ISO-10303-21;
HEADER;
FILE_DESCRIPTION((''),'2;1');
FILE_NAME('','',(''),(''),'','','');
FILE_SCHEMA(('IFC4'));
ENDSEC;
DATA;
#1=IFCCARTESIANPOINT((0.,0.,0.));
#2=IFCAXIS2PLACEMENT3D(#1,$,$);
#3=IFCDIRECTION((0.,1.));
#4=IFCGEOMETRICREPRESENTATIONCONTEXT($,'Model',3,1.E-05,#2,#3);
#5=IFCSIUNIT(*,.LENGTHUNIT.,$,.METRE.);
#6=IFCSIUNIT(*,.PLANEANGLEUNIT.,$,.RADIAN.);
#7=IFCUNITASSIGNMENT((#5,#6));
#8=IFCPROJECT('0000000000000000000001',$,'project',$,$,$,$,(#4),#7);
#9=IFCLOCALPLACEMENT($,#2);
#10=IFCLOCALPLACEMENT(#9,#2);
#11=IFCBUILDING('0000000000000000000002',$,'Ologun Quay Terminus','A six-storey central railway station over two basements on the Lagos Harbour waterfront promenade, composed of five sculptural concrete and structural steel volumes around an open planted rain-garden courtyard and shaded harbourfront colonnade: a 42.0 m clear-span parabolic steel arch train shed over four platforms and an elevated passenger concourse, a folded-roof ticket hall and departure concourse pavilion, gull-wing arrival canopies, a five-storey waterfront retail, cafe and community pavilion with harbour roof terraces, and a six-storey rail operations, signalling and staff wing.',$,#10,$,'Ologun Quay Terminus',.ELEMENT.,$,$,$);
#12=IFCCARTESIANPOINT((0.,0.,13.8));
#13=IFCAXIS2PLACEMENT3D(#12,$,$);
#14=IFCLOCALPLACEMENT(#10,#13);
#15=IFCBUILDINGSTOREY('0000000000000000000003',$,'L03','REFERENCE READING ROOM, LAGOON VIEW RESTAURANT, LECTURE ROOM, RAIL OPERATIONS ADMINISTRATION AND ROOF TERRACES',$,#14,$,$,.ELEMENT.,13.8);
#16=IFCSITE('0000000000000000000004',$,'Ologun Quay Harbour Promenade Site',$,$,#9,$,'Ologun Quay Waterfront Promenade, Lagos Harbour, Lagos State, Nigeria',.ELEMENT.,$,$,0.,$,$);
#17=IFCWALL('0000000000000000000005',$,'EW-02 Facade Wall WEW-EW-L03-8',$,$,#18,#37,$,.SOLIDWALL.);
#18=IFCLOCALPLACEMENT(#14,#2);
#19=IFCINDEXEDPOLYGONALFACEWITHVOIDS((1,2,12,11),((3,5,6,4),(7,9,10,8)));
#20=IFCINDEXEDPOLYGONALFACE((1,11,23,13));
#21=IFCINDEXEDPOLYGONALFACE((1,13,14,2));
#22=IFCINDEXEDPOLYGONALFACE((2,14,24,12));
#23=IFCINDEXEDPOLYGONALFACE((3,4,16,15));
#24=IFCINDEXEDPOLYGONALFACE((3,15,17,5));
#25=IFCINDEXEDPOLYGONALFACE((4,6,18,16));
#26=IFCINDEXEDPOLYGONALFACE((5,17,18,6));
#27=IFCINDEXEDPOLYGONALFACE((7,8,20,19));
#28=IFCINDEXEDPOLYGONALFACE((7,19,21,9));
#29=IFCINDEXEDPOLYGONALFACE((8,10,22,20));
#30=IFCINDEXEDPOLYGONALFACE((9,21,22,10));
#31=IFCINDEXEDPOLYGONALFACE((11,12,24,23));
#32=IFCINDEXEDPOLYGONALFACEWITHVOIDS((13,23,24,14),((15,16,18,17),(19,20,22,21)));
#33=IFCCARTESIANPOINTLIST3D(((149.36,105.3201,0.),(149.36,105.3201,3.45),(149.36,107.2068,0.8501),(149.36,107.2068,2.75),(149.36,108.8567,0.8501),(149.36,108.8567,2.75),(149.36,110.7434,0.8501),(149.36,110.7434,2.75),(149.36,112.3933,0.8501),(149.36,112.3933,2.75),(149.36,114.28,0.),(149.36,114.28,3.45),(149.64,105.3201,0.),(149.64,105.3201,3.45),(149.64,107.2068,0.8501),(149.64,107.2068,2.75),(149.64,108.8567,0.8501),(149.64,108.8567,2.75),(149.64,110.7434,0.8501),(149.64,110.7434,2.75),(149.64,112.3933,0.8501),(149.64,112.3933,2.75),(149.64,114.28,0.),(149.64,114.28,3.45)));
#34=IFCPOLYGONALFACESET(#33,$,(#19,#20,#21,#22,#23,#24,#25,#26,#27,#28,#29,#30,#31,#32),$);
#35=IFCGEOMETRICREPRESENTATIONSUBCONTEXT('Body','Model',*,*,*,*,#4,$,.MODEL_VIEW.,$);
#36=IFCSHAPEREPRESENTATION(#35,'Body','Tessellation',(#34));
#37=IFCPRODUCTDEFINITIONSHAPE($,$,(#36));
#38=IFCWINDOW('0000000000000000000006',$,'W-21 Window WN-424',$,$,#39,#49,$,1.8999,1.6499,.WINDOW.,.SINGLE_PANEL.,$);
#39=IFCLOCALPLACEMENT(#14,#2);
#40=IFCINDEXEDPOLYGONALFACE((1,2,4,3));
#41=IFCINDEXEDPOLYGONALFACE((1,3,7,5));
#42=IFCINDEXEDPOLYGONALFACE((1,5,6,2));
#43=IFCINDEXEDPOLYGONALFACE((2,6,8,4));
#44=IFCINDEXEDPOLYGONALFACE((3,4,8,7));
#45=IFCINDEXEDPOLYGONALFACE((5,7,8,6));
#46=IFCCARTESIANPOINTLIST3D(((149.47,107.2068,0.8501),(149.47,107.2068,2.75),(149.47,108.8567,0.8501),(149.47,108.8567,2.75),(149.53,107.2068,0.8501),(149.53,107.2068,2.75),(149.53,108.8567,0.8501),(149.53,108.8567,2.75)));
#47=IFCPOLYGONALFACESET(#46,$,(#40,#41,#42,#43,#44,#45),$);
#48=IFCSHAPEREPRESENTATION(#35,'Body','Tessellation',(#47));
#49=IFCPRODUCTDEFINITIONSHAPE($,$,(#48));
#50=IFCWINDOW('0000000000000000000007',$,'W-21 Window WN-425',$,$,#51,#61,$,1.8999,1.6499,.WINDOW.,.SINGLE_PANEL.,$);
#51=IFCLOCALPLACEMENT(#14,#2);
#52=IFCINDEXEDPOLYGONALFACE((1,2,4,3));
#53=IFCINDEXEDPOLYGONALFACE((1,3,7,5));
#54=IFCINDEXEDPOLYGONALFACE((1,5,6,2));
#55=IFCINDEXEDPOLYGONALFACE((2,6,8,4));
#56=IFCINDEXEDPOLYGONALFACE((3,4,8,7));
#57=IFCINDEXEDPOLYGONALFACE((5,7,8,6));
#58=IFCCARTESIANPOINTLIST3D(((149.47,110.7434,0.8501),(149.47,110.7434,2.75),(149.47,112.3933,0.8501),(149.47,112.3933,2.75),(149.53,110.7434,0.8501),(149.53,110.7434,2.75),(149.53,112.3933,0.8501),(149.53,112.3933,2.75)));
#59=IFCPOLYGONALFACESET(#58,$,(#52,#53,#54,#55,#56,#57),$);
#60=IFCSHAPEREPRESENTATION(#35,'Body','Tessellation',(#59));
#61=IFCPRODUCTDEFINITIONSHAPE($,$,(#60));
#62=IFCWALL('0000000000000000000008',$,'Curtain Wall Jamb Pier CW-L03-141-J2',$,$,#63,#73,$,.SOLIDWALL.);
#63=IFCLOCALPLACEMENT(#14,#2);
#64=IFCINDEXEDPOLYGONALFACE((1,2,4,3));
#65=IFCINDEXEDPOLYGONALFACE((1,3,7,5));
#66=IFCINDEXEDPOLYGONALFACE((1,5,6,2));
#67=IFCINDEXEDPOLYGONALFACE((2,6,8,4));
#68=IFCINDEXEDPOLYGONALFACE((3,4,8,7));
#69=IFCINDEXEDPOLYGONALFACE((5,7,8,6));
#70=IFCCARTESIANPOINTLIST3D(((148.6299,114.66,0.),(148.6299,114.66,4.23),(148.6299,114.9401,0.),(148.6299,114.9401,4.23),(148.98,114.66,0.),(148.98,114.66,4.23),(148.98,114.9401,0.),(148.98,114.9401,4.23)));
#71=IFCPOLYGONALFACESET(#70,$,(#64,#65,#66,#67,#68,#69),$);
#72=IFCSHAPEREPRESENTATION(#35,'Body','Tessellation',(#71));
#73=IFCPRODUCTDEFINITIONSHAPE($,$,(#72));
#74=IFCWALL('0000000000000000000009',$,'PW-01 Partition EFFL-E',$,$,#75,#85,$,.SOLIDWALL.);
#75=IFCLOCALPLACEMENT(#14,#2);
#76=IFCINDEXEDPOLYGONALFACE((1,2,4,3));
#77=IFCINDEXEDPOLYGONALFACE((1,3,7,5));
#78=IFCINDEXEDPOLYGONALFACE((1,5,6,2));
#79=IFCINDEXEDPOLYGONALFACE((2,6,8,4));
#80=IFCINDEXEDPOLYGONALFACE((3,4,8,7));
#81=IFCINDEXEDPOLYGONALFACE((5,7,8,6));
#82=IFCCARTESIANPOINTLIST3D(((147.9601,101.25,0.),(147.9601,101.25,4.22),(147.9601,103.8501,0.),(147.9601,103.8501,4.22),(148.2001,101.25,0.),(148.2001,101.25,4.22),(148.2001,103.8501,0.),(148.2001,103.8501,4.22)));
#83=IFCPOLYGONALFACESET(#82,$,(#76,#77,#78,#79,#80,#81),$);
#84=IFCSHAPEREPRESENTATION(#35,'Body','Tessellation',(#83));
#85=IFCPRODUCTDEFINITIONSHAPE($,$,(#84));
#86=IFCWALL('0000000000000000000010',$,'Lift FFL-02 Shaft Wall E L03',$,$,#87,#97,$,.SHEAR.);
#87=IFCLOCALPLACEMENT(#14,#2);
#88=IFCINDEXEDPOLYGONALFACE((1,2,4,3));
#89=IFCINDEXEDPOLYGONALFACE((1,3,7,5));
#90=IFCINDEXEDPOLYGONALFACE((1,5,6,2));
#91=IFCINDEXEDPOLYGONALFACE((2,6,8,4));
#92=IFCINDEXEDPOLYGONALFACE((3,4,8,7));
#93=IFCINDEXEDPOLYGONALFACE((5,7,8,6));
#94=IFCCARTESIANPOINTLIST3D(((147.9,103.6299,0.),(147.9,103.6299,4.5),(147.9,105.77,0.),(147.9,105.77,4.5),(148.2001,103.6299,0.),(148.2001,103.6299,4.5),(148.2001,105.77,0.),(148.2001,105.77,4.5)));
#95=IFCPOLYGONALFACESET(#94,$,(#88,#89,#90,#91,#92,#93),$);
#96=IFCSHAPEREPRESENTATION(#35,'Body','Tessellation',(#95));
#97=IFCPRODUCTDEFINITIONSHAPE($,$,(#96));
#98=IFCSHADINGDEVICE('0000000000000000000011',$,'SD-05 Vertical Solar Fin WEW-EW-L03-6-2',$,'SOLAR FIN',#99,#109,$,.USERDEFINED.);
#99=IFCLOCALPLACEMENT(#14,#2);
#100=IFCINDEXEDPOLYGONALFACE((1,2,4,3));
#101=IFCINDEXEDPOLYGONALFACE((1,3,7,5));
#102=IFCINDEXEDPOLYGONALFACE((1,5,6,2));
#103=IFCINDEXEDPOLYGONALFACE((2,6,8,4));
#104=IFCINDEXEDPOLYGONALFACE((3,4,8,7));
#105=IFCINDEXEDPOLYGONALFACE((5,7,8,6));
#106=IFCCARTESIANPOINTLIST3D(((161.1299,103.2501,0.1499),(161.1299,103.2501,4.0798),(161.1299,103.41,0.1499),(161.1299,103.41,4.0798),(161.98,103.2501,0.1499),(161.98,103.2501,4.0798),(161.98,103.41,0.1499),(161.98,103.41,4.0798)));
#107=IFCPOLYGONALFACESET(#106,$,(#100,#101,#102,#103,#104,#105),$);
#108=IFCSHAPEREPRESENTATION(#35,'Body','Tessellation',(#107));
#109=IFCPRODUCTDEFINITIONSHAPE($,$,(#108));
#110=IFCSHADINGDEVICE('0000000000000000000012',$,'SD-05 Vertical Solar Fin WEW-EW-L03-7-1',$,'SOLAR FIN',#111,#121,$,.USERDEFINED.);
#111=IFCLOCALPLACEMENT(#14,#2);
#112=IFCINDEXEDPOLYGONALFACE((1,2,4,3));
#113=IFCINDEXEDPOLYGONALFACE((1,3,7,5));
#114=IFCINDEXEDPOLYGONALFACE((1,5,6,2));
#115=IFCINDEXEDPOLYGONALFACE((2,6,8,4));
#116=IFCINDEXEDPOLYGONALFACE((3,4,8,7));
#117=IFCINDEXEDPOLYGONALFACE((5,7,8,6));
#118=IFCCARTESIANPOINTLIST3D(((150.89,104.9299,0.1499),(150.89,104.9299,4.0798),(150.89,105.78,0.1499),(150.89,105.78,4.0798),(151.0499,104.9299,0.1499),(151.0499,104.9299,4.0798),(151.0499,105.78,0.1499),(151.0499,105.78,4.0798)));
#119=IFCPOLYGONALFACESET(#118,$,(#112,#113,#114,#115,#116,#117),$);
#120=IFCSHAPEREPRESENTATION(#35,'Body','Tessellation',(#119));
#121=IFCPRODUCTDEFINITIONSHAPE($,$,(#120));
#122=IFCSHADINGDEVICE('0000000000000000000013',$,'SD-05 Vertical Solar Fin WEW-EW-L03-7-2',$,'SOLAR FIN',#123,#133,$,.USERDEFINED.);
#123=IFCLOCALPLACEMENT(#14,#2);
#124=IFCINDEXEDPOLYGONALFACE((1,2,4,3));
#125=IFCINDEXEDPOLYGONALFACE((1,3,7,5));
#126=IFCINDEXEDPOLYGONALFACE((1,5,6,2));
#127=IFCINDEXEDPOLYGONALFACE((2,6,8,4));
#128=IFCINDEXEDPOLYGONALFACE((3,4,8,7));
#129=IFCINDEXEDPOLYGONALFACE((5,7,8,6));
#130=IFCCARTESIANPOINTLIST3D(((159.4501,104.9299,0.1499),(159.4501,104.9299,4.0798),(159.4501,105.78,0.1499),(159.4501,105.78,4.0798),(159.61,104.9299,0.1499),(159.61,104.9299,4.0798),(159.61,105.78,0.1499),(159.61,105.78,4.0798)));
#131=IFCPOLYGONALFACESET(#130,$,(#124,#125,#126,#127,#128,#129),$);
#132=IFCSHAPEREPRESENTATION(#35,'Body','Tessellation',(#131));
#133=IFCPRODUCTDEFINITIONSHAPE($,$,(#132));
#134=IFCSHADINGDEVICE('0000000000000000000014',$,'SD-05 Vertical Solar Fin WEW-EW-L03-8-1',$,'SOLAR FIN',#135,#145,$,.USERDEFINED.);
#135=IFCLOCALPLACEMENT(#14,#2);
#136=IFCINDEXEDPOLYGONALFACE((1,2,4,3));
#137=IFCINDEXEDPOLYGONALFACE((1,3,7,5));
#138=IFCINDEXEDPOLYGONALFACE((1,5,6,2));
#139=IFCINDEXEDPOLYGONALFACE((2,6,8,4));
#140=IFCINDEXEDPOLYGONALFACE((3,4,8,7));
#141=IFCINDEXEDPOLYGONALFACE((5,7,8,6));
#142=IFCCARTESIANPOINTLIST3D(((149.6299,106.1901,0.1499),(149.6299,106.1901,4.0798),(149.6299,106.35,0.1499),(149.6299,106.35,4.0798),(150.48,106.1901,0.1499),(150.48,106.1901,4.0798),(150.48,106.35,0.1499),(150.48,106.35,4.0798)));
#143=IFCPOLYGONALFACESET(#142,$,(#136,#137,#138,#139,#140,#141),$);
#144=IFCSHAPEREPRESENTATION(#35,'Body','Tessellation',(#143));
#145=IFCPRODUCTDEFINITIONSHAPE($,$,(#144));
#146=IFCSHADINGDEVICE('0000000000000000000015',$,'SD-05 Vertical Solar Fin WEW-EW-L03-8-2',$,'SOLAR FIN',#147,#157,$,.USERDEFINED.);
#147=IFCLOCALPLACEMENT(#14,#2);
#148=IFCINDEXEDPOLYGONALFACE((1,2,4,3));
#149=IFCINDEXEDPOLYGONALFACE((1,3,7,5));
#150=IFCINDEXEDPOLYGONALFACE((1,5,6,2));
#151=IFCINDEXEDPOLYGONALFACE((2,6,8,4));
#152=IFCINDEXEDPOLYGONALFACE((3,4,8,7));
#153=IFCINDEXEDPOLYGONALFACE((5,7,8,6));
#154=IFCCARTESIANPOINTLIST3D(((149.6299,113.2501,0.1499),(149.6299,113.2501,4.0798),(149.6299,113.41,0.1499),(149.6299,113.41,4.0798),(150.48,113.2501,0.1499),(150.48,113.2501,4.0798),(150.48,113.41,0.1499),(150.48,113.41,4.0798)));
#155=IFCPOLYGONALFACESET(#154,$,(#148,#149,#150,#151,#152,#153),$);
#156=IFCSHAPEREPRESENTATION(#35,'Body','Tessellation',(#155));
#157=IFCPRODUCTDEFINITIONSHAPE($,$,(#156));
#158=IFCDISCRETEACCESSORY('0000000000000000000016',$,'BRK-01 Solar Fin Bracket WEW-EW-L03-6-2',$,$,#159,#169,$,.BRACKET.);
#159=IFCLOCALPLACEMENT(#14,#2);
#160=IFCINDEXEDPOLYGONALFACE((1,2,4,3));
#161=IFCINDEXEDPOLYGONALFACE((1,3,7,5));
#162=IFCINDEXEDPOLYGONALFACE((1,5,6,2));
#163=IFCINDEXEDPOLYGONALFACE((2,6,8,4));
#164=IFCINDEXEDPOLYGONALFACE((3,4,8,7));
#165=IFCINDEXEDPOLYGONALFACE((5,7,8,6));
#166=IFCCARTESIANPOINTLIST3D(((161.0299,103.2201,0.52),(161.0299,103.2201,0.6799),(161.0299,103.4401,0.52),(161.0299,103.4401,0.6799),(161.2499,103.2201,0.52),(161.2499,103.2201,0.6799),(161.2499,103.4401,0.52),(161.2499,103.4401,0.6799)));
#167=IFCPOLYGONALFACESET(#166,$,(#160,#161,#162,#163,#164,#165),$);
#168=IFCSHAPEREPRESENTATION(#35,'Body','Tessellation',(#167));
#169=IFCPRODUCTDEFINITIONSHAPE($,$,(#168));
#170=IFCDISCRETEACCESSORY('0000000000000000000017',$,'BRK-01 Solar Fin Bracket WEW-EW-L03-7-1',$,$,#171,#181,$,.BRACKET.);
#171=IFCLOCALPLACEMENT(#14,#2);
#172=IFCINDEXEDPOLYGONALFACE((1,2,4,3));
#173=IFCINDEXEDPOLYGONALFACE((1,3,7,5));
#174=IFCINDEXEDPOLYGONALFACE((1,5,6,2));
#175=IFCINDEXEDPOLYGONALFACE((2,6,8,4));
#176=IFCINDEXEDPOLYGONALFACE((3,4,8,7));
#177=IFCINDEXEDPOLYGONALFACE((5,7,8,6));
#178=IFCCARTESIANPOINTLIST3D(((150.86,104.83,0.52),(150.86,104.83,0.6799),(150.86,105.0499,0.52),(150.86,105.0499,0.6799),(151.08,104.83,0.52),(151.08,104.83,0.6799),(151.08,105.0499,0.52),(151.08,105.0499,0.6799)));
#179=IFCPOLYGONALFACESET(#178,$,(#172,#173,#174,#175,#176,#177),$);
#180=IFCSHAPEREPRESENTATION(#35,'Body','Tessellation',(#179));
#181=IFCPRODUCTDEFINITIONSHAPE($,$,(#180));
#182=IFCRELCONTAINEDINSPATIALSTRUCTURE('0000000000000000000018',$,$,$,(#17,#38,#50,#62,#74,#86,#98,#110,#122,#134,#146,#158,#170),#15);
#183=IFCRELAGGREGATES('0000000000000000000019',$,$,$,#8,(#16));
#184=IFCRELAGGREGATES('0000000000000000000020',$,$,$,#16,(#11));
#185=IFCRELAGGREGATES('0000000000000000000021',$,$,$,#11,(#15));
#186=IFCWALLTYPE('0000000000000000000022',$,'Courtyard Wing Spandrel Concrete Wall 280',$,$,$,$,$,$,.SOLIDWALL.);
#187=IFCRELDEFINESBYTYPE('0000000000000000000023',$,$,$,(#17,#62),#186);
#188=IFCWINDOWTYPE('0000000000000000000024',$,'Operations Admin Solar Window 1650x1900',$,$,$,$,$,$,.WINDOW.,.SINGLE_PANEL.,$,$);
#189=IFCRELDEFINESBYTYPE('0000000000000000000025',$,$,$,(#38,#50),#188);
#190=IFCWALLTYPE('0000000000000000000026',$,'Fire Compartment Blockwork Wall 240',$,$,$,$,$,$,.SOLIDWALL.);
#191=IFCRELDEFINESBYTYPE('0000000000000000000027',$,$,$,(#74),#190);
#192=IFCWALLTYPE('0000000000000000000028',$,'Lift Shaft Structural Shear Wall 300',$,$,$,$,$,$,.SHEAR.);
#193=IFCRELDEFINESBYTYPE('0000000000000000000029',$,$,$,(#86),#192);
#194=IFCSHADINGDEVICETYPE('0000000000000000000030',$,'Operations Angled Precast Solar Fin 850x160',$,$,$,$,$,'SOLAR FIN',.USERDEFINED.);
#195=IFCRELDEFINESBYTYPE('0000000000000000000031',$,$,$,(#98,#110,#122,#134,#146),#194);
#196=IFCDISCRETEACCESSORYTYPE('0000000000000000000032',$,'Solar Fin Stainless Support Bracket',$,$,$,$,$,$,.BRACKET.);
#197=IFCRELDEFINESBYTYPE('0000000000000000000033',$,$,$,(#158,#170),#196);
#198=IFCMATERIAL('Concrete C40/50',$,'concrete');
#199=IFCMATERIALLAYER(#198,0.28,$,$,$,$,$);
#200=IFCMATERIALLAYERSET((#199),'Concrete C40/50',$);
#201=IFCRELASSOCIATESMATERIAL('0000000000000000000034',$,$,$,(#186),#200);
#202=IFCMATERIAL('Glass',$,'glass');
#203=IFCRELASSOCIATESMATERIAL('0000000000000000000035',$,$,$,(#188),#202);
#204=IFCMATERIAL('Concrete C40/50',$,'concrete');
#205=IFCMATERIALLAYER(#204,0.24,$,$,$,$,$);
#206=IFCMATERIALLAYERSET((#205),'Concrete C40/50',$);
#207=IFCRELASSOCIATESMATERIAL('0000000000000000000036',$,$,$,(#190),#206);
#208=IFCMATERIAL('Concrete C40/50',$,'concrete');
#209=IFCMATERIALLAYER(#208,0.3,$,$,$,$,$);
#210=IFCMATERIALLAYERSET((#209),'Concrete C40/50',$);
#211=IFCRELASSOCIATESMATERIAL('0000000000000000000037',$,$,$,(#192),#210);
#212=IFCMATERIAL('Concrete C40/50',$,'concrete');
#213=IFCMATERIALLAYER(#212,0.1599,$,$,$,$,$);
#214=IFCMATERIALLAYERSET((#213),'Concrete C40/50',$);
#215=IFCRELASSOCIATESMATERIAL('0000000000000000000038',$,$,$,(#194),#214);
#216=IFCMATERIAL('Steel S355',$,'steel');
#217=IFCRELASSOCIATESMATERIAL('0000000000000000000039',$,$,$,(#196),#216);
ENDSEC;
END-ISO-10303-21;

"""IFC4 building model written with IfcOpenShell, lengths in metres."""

from ifc_helpers import new_model, si_unit, direction, frame, frame_2d, origin, origin_2d, place, context, subcontext, project, spatial, rectangle, extrude, material, layer, layer_set, type_object, element, fill, save


model = new_model("IFC4")

# Units and contexts
model_context = context("Model", 3, precision=1e-05, world=origin(), true_north=direction((0.0, 1.0)))
body_context = subcontext(model_context, "Body", "Model", "MODEL_VIEW")
ifc_project = project(units=[si_unit("LENGTHUNIT", "METRE"), si_unit("PLANEANGLEUNIT", "RADIAN")], contexts=[model_context])

# Site, building, storey
site_placement = place(None, origin())
site = spatial("IfcSite", under=ifc_project, at=site_placement, Name="Ologun Quay Harbour Promenade Site", LongName="Ologun Quay Waterfront Promenade, Lagos Harbour, Lagos State, Nigeria", CompositionType="ELEMENT", RefElevation=0.0)
building_placement = place(site_placement, origin())
building = spatial("IfcBuilding", under=site, at=building_placement, Name="Ologun Quay Terminus", Description="A six-storey central railway station over two basements on the Lagos Harbour waterfront promenade, composed of five sculptural concrete and structural steel volumes around an open planted rain-garden courtyard and shaded harbourfront colonnade: a 42.0 m clear-span parabolic steel arch train shed over four platforms and an elevated passenger concourse, a folded-roof ticket hall and departure concourse pavilion, gull-wing arrival canopies, a five-storey waterfront retail, cafe and community pavilion with harbour roof terraces, and a six-storey rail operations, signalling and staff wing.", LongName="Ologun Quay Terminus", CompositionType="ELEMENT")
storey_placement = place(building_placement, frame((0.0, 0.0, 13.8)))
storey = spatial("IfcBuildingStorey", under=building, at=storey_placement, Name="L03", Description="REFERENCE READING ROOM, LAGOON VIEW RESTAURANT, LECTURE ROOM, RAIL OPERATIONS ADMINISTRATION AND ROOF TERRACES", CompositionType="ELEMENT", Elevation=13.8)

# Wall, openings, windows
ifc_material_1 = material(Name="Concrete C40/50", Category="concrete")
ifc_layer_1 = layer(ifc_material_1, 0.28)
ifc_layer_set_1 = layer_set([ifc_layer_1], Name="Concrete C40/50")
wall_type_1 = type_object("IfcWallType", Name="Courtyard Wing Spandrel Concrete Wall 280", PredefinedType="SOLIDWALL", material=ifc_layer_set_1)
wall_1_placement = place(storey_placement, frame((149.5, 105.3201, 0.0), z_axis=(0.0, 0.0, 1.0), x_axis=(0.0, 1.0, 0.0)))
wall_1 = element("IfcWall", 1, at=wall_1_placement, inside=storey, type_object=wall_type_1, Name="EW-02 Facade Wall WEW-EW-L03-8", PredefinedType="SOLIDWALL", context=body_context, shape_type="SweptSolid", body=[
    extrude(rectangle(XDim=8.96, YDim=0.28, at=frame_2d((4.48, 0.0))), origin(), (0.0, 0.0, 1.0), 3.45),
])
opening_1_placement = place(wall_1_placement, frame((1.8867, 0.0, 0.8501)))
opening_1 = element("IfcOpeningElement", 2, at=opening_1_placement, cuts=wall_1, PredefinedType="OPENING", context=body_context, shape_type="SweptSolid", body=[
    extrude(rectangle(XDim=1.6499, YDim=1.8999, at=frame_2d((0.825, 0.95))), frame((0.0, 0.1499, 0.0), z_axis=(0.0, -1.0, 0.0), x_axis=(1.0, 0.0, 0.0)), (0.0, 0.0, 1.0), 0.3),
])
opening_2_placement = place(wall_1_placement, frame((5.4233, 0.0, 0.8501)))
opening_2 = element("IfcOpeningElement", 3, at=opening_2_placement, cuts=wall_1, PredefinedType="OPENING", context=body_context, shape_type="SweptSolid", body=[
    extrude(rectangle(XDim=1.6499, YDim=1.8999, at=frame_2d((0.825, 0.95))), frame((0.0, 0.1499, 0.0), z_axis=(0.0, -1.0, 0.0), x_axis=(1.0, 0.0, 0.0)), (0.0, 0.0, 1.0), 0.3),
])
ifc_material_2 = material(Name="Glass", Category="glass")
window_type_1 = type_object("IfcWindowType", Name="Operations Admin Solar Window 1650x1900", PartitioningType="SINGLE_PANEL", PredefinedType="WINDOW", material=ifc_material_2)
window_1_placement = place(opening_1_placement, origin())
window_1 = element("IfcWindow", 4, at=window_1_placement, inside=storey, type_object=window_type_1, Name="W-21 Window WN-424", OverallHeight=1.8999, OverallWidth=1.6499, PartitioningType="SINGLE_PANEL", PredefinedType="WINDOW", context=body_context, shape_type="SweptSolid", body=[
    extrude(rectangle(XDim=1.6499, YDim=1.8999, at=frame_2d((0.825, 0.95))), frame((0.0, 0.03, 0.0), z_axis=(0.0, -1.0, 0.0), x_axis=(1.0, 0.0, 0.0)), (0.0, 0.0, 1.0), 0.0601),
])
fill(opening_1, window_1)
window_2_placement = place(opening_2_placement, origin())
window_2 = element("IfcWindow", 5, at=window_2_placement, inside=storey, type_object=window_type_1, Name="W-21 Window WN-425", OverallHeight=1.8999, OverallWidth=1.6499, PartitioningType="SINGLE_PANEL", PredefinedType="WINDOW", context=body_context, shape_type="SweptSolid", body=[
    extrude(rectangle(XDim=1.6499, YDim=1.8999, at=frame_2d((0.825, 0.95))), frame((0.0, 0.03, 0.0), z_axis=(0.0, -1.0, 0.0), x_axis=(1.0, 0.0, 0.0)), (0.0, 0.0, 1.0), 0.0601),
])
fill(opening_2, window_2)

# Walls
wall_2_placement = place(storey_placement, frame((148.6299, 114.8, 0.0), z_axis=(0.0, 0.0, 1.0), x_axis=(1.0, 0.0, 0.0)))
element("IfcWall", 6, at=wall_2_placement, inside=storey, type_object=wall_type_1, Name="Curtain Wall Jamb Pier CW-L03-141-J2", PredefinedType="SOLIDWALL", context=body_context, shape_type="SweptSolid", body=[
    extrude(rectangle(XDim=0.3501, YDim=0.28, at=frame_2d((0.175, 0.0))), origin(), (0.0, 0.0, 1.0), 4.23),
])
ifc_material_3 = material(Name="Concrete C40/50", Category="concrete")
ifc_layer_2 = layer(ifc_material_3, 0.24)
ifc_layer_set_2 = layer_set([ifc_layer_2], Name="Concrete C40/50")
wall_type_2 = type_object("IfcWallType", Name="Fire Compartment Blockwork Wall 240", PredefinedType="SOLIDWALL", material=ifc_layer_set_2)
wall_3_placement = place(storey_placement, frame((148.0801, 101.25, 0.0), z_axis=(0.0, 0.0, 1.0), x_axis=(0.0, 1.0, 0.0)))
element("IfcWall", 7, at=wall_3_placement, inside=storey, type_object=wall_type_2, Name="PW-01 Partition EFFL-E", PredefinedType="SOLIDWALL", context=body_context, shape_type="SweptSolid", body=[
    extrude(rectangle(XDim=2.6001, YDim=0.24, at=frame_2d((1.3, 0.0))), origin(), (0.0, 0.0, 1.0), 4.22),
])
ifc_material_4 = material(Name="Concrete C40/50", Category="concrete")
ifc_layer_3 = layer(ifc_material_4, 0.3)
ifc_layer_set_3 = layer_set([ifc_layer_3], Name="Concrete C40/50")
wall_type_3 = type_object("IfcWallType", Name="Lift Shaft Structural Shear Wall 300", PredefinedType="SHEAR", material=ifc_layer_set_3)
wall_4_placement = place(storey_placement, frame((148.05, 103.6299, 0.0), z_axis=(0.0, 0.0, 1.0), x_axis=(0.0, 1.0, 0.0)))
element("IfcWall", 8, at=wall_4_placement, inside=storey, type_object=wall_type_3, Name="Lift FFL-02 Shaft Wall E L03", PredefinedType="SHEAR", context=body_context, shape_type="SweptSolid", body=[
    extrude(rectangle(XDim=2.1401, YDim=0.3, at=frame_2d((1.0701, 0.0))), origin(), (0.0, 0.0, 1.0), 4.5),
])

# Shading devices
ifc_material_5 = material(Name="Concrete C40/50", Category="concrete")
ifc_layer_4 = layer(ifc_material_5, 0.1599)
ifc_layer_set_4 = layer_set([ifc_layer_4], Name="Concrete C40/50")
shading_device_type = type_object("IfcShadingDeviceType", Name="Operations Angled Precast Solar Fin 850x160", ElementType="SOLAR FIN", PredefinedType="USERDEFINED", material=ifc_layer_set_4)
shading_device_placement = place(storey_placement, frame((161.5549, 103.3301, 0.1499), z_axis=(0.0, 0.0, 1.0), x_axis=(1.0, 0.0, 0.0)))
element("IfcShadingDevice", 9, at=shading_device_placement, inside=storey, type_object=shading_device_type, Name="SD-05 Vertical Solar Fin WEW-EW-L03-6-2", ObjectType="SOLAR FIN", PredefinedType="USERDEFINED", context=body_context, shape_type="SweptSolid", body=[
    extrude(rectangle(XDim=0.8501, YDim=0.1599, at=origin_2d()), origin(), (0.0, 0.0, 1.0), 3.9299),
])
for number, where, z_axis, x_axis, name in (
    (10, (150.97, 105.355, 0.1499), (0.0, 0.0, 1.0), (1.0, 0.0, 0.0), "SD-05 Vertical Solar Fin WEW-EW-L03-7-1"),
    (11, (159.53, 105.355, 0.1499), (0.0, 0.0, 1.0), (1.0, 0.0, 0.0), "SD-05 Vertical Solar Fin WEW-EW-L03-7-2"),
):
    element("IfcShadingDevice", number, at=place(storey_placement, frame(where, z_axis=z_axis, x_axis=x_axis)), inside=storey, type_object=shading_device_type, Name=name, ObjectType="SOLAR FIN", PredefinedType="USERDEFINED", context=body_context, shape_type="SweptSolid", body=[
        extrude(rectangle(XDim=0.1599, YDim=0.8501, at=origin_2d()), origin(), (0.0, 0.0, 1.0), 3.9299),
    ])
for number, where, z_axis, x_axis, name in (
    (12, (150.0549, 106.27, 0.1499), (0.0, 0.0, 1.0), (1.0, 0.0, 0.0), "SD-05 Vertical Solar Fin WEW-EW-L03-8-1"),
    (13, (150.0549, 113.3301, 0.1499), (0.0, 0.0, 1.0), (1.0, 0.0, 0.0), "SD-05 Vertical Solar Fin WEW-EW-L03-8-2"),
):
    element("IfcShadingDevice", number, at=place(storey_placement, frame(where, z_axis=z_axis, x_axis=x_axis)), inside=storey, type_object=shading_device_type, Name=name, ObjectType="SOLAR FIN", PredefinedType="USERDEFINED", context=body_context, shape_type="SweptSolid", body=[
        extrude(rectangle(XDim=0.8501, YDim=0.1599, at=origin_2d()), origin(), (0.0, 0.0, 1.0), 3.9299),
    ])

# Discrete accessories
ifc_material_6 = material(Name="Steel S355", Category="steel")
discrete_accessory_type = type_object("IfcDiscreteAccessoryType", Name="Solar Fin Stainless Support Bracket", PredefinedType="BRACKET", material=ifc_material_6)
for number, where, z_axis, x_axis, name in (
    (14, (161.1399, 103.3301, 0.52), (0.0, 0.0, 1.0), (1.0, 0.0, 0.0), "BRK-01 Solar Fin Bracket WEW-EW-L03-6-2"),
    (15, (150.97, 104.9399, 0.52), (0.0, 0.0, 1.0), (1.0, 0.0, 0.0), "BRK-01 Solar Fin Bracket WEW-EW-L03-7-1"),
):
    element("IfcDiscreteAccessory", number, at=place(storey_placement, frame(where, z_axis=z_axis, x_axis=x_axis)), inside=storey, type_object=discrete_accessory_type, Name=name, PredefinedType="BRACKET", context=body_context, shape_type="SweptSolid", body=[
        extrude(rectangle(XDim=0.22, YDim=0.22, at=origin_2d()), origin(), (0.0, 0.0, 1.0), 0.1599),
    ])

save(model, "model.ifc")
